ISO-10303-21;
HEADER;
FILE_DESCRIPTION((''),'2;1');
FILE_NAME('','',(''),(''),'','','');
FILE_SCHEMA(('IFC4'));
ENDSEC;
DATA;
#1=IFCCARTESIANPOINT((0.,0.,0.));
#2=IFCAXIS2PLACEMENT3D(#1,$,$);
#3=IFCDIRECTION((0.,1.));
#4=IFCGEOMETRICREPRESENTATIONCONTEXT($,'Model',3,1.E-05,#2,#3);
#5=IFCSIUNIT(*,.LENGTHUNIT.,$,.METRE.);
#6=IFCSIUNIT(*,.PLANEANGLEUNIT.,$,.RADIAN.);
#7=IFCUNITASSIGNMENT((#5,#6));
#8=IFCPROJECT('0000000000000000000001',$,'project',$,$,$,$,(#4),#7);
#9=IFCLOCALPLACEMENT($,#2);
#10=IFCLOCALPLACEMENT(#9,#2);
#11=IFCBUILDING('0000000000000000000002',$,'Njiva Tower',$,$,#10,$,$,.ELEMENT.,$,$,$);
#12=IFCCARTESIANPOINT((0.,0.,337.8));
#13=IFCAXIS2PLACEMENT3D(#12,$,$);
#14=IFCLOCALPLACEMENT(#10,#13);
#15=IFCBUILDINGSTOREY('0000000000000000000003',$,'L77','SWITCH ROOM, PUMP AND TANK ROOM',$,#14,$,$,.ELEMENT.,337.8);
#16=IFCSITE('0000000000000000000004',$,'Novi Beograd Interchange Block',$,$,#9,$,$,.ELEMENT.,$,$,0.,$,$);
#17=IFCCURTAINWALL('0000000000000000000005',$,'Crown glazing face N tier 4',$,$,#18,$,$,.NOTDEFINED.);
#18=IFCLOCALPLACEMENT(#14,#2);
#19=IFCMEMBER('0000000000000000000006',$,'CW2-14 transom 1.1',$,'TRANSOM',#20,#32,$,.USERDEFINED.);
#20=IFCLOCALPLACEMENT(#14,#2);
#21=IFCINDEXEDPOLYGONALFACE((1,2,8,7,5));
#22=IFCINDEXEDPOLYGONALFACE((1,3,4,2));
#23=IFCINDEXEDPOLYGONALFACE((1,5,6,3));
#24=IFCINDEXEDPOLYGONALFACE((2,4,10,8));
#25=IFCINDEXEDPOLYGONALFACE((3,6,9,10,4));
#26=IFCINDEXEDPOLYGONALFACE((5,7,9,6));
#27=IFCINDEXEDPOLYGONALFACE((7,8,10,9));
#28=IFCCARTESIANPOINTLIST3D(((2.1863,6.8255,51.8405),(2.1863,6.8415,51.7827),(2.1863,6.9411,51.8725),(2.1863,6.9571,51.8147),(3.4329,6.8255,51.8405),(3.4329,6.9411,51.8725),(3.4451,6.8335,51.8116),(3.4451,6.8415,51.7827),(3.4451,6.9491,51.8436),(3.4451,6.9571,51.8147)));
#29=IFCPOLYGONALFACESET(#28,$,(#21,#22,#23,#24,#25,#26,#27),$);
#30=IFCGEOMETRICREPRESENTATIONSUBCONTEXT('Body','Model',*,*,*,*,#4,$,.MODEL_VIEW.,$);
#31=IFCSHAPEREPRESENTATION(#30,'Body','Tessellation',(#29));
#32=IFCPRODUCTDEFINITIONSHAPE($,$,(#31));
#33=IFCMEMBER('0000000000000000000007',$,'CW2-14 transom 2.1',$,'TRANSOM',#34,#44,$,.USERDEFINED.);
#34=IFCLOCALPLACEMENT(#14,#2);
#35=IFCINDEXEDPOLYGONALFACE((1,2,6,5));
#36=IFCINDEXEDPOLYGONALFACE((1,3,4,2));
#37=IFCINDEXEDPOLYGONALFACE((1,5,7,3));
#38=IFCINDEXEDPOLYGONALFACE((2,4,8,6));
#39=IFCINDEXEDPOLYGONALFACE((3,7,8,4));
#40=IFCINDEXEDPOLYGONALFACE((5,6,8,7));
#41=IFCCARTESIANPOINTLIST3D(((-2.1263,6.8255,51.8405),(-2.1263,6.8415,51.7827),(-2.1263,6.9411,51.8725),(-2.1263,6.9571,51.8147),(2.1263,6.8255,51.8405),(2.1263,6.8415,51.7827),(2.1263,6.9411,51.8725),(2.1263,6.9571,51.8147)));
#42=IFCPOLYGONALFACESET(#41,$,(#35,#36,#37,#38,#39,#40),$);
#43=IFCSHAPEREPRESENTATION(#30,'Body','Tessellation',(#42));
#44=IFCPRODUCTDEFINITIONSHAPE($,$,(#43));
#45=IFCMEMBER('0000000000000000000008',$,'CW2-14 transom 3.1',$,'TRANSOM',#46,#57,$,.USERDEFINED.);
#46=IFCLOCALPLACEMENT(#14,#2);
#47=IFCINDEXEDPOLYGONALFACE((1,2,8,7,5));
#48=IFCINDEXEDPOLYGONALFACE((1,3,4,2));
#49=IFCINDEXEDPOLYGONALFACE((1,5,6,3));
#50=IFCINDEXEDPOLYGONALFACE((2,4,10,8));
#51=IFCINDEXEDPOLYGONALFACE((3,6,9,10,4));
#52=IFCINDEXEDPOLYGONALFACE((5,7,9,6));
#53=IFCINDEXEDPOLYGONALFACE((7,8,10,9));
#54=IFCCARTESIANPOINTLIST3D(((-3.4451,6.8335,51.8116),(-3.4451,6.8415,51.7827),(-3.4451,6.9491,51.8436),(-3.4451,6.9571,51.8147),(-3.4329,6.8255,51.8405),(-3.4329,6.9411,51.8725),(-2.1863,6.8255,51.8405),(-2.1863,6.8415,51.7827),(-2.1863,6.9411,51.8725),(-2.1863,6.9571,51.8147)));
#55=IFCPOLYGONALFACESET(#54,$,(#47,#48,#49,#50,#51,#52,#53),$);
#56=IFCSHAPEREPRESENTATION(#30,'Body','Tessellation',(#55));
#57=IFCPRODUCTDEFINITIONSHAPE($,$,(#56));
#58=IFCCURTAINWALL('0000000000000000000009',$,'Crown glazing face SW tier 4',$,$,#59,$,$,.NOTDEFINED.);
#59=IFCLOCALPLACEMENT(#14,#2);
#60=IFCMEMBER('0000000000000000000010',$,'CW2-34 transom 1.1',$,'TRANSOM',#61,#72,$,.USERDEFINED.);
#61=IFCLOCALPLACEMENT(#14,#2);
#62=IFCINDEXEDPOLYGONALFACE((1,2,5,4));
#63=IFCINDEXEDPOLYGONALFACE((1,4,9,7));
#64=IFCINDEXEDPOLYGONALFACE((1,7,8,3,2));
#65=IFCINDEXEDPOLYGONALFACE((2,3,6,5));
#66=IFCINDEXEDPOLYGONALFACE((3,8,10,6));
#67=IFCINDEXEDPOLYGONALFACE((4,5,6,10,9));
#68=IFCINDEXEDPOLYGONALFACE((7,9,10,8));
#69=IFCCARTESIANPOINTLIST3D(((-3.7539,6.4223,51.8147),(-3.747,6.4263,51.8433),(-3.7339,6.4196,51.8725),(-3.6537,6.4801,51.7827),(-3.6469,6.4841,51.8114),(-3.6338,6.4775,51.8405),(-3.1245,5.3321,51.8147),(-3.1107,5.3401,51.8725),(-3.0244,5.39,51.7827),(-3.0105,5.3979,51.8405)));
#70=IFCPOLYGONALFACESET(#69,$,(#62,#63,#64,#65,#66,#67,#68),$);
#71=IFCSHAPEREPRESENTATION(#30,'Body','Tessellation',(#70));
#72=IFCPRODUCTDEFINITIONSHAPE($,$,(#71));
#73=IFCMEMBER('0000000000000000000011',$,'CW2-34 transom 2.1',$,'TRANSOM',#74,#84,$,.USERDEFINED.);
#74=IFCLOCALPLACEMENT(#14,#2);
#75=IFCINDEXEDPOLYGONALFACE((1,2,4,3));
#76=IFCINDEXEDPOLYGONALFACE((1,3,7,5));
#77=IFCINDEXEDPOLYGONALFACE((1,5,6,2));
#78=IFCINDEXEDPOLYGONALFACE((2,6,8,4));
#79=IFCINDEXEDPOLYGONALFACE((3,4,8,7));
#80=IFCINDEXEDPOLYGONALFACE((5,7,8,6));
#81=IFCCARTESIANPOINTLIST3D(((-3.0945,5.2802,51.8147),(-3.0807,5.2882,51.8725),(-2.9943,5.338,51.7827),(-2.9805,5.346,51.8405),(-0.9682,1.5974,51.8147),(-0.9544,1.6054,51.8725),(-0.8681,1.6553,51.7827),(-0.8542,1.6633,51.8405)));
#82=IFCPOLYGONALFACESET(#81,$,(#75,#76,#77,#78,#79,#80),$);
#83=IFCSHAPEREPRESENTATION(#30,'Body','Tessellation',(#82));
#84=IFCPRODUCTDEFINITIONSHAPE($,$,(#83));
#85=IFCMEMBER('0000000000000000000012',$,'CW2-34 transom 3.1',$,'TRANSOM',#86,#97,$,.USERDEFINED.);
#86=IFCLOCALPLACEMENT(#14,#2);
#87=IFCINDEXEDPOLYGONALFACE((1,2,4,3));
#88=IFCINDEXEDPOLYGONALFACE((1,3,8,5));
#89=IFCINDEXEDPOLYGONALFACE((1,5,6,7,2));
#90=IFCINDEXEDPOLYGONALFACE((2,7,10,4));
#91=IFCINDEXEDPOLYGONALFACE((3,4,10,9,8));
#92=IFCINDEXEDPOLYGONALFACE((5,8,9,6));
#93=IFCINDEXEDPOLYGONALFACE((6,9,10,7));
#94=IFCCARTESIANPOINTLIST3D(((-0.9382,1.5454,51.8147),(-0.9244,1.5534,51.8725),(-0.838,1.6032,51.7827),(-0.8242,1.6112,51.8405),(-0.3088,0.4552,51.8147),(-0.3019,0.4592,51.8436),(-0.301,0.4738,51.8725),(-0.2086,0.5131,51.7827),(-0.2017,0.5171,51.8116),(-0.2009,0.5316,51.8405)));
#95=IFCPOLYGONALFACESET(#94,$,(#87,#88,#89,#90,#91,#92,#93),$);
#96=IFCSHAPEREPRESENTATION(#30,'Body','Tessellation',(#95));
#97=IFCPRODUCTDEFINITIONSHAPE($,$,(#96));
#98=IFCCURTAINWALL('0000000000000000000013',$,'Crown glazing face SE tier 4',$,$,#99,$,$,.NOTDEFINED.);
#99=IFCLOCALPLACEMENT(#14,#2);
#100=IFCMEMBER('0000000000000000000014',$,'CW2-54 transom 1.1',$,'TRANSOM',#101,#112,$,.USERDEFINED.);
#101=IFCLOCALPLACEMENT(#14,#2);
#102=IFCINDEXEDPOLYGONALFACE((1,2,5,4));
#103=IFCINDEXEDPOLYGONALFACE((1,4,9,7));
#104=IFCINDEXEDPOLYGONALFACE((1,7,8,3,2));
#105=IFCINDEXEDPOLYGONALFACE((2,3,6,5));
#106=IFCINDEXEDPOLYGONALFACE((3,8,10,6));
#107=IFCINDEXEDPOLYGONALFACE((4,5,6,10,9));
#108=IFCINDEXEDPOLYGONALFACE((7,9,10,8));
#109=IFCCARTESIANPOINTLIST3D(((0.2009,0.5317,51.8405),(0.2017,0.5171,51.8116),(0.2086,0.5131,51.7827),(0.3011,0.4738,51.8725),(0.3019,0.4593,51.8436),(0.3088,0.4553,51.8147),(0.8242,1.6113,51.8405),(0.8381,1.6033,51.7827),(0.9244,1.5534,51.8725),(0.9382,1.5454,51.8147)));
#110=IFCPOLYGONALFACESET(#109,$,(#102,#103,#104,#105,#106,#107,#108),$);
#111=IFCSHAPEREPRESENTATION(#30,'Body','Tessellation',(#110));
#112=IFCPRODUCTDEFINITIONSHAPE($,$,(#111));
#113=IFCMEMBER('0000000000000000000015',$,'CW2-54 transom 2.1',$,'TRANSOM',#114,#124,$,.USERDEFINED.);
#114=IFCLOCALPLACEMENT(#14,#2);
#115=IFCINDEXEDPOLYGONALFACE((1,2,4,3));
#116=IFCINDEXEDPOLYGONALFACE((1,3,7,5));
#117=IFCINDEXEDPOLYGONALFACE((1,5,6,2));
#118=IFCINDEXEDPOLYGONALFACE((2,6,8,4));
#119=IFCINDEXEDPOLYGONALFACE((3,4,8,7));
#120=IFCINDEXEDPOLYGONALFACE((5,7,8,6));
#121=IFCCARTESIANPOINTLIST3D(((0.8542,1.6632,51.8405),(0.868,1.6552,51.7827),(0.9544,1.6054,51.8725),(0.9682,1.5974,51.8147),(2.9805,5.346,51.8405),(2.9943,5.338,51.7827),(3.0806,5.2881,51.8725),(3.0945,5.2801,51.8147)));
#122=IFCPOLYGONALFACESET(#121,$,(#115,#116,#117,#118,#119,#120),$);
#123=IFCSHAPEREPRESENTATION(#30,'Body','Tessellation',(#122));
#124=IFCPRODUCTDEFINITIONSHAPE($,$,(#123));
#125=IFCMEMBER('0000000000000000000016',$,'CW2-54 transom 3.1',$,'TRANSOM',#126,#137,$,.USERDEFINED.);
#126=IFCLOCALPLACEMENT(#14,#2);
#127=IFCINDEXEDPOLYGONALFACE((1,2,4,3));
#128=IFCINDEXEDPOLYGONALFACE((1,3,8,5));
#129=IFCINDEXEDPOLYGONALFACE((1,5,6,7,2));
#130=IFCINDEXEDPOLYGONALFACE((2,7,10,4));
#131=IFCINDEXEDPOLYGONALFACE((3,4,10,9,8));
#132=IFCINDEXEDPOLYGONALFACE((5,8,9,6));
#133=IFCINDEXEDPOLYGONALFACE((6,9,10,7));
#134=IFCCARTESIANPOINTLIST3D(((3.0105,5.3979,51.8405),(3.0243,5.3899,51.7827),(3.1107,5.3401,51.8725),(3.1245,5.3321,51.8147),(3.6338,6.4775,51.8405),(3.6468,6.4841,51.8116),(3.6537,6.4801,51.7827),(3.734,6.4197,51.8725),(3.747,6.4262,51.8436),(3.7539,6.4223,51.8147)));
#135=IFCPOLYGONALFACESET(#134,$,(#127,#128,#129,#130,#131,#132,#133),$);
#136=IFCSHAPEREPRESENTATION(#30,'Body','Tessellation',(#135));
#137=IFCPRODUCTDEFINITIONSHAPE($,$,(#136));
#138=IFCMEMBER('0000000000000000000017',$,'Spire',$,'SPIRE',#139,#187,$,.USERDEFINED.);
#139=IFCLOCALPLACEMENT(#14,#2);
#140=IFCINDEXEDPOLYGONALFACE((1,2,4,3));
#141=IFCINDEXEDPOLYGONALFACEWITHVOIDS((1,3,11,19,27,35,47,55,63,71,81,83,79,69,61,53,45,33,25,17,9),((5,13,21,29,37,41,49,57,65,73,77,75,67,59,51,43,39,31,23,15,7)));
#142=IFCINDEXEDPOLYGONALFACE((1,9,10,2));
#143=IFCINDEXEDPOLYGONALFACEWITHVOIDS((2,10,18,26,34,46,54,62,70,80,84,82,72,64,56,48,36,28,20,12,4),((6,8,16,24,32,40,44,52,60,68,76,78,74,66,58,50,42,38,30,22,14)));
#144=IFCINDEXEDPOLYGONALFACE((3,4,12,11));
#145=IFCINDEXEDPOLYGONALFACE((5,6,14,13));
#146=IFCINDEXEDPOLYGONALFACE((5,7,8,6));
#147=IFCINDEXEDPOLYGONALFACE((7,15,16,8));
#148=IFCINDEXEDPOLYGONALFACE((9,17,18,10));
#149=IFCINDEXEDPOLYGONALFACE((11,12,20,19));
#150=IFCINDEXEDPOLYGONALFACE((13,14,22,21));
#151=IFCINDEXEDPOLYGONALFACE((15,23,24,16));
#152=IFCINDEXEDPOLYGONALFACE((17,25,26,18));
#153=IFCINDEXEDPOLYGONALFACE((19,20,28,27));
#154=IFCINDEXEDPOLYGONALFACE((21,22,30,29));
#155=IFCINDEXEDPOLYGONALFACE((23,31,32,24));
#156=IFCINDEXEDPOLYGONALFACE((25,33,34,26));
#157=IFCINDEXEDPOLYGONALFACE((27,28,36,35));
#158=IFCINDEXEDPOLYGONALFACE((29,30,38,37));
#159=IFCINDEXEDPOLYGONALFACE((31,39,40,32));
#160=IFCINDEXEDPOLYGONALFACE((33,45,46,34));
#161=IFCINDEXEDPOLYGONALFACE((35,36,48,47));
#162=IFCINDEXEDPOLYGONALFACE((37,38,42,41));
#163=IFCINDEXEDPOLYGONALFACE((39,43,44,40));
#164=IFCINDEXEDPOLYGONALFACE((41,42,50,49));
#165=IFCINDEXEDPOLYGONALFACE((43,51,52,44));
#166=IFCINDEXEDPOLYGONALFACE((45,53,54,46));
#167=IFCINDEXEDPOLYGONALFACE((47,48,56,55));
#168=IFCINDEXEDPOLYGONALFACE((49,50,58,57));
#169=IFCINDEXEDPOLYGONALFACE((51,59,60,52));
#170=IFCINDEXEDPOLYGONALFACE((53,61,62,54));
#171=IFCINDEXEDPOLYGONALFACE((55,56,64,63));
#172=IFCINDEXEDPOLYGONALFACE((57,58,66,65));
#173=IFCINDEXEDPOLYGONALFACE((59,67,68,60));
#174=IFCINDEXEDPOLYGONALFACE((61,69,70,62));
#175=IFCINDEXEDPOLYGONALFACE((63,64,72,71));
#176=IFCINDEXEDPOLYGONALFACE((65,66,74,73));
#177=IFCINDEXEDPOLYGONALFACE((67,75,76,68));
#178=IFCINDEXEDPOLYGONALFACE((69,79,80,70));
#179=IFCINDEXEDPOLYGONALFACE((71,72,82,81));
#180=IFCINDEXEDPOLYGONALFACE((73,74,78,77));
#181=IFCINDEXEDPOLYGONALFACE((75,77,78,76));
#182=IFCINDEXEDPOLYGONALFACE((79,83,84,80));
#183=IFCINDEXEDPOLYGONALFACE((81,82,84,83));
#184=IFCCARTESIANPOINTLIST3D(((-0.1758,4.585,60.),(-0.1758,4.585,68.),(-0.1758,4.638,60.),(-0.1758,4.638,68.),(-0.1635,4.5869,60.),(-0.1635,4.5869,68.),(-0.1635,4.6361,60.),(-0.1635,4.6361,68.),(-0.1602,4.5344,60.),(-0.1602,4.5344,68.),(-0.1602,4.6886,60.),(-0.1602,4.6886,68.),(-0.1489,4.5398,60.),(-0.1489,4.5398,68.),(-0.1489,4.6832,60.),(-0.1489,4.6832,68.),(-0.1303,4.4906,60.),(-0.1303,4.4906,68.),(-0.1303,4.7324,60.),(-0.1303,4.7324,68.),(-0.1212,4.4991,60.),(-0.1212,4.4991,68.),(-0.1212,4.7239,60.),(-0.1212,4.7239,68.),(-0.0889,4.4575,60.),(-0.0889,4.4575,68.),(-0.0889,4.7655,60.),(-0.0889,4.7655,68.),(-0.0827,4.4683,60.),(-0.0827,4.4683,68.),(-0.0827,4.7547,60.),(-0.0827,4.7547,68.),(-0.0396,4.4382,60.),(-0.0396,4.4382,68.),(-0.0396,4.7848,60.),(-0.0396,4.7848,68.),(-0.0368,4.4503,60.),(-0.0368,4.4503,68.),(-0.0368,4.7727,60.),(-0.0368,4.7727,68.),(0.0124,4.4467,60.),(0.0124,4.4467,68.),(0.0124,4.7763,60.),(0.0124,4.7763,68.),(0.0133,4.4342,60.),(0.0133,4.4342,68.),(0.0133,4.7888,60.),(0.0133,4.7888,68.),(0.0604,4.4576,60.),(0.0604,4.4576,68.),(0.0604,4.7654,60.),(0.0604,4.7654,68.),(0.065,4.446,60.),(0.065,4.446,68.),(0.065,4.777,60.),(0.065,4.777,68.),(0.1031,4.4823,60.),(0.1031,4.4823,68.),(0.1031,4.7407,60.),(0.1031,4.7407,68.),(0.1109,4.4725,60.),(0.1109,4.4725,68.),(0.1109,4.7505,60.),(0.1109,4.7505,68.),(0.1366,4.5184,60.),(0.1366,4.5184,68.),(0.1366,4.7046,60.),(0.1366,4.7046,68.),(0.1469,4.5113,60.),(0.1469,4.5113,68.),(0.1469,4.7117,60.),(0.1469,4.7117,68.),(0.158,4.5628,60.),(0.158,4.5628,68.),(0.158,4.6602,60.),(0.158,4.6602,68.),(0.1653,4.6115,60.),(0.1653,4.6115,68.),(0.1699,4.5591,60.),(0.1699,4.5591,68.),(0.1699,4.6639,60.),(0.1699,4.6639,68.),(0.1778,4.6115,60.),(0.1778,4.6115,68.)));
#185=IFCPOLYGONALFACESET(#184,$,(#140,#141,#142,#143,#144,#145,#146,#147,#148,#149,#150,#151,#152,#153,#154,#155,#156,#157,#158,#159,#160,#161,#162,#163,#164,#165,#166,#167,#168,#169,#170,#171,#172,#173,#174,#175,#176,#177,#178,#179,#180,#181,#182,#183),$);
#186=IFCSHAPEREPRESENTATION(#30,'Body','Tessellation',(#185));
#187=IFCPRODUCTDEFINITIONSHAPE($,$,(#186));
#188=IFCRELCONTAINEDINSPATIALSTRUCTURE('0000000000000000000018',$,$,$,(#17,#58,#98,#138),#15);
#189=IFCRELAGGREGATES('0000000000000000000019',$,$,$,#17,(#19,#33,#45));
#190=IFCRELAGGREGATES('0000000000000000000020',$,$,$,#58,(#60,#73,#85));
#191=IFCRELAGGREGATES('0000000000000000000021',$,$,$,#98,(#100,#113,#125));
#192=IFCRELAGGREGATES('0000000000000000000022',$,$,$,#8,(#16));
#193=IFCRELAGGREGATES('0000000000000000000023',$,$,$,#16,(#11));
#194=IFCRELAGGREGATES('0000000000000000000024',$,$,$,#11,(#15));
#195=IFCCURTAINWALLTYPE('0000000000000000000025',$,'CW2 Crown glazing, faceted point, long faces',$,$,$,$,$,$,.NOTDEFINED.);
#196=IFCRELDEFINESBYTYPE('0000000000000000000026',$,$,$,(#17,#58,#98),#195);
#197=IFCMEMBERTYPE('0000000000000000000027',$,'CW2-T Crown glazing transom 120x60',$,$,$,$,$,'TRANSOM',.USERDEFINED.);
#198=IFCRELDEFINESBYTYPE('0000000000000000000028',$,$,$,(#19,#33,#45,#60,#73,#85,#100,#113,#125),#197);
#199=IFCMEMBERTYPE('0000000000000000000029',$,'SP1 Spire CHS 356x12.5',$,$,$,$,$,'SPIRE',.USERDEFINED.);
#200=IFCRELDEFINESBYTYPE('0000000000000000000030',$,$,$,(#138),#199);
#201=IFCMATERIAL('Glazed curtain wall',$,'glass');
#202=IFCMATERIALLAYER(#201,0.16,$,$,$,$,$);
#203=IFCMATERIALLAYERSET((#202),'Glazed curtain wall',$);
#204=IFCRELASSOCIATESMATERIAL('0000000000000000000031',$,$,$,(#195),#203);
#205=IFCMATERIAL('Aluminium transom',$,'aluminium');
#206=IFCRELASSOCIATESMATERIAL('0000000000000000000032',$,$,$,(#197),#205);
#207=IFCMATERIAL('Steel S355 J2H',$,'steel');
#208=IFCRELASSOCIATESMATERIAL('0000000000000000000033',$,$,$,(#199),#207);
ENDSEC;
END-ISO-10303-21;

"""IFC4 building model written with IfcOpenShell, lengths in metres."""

from ifc_helpers import new_model, si_unit, direction, frame, origin, origin_2d, place, context, subcontext, project, spatial, rectangle, hollow_circle, extrude, clip, halfspace, material, layer, layer_set, material_profile, profile_set, type_object, element, aggregate, save


model = new_model("IFC4")

# Units and contexts
model_context = context("Model", 3, precision=1e-05, world=origin(), true_north=direction((0.0, 1.0)))
body_context = subcontext(model_context, "Body", "Model", "MODEL_VIEW")
ifc_project = project(units=[si_unit("LENGTHUNIT", "METRE"), si_unit("PLANEANGLEUNIT", "RADIAN")], contexts=[model_context])

# Site, building, storey
site_placement = place(None, origin())
site = spatial("IfcSite", under=ifc_project, at=site_placement, Name="Novi Beograd Interchange Block", CompositionType="ELEMENT", RefElevation=0.0)
building_placement = place(site_placement, origin())
building = spatial("IfcBuilding", under=site, at=building_placement, Name="Njiva Tower", CompositionType="ELEMENT")
storey_placement = place(building_placement, frame((0.0, 0.0, 337.8)))
storey = spatial("IfcBuildingStorey", under=building, at=storey_placement, Name="L77", Description="SWITCH ROOM, PUMP AND TANK ROOM", CompositionType="ELEMENT", Elevation=337.8)

# Curtain walls, members
ifc_material_1 = material(Name="Glazed curtain wall", Category="glass")
ifc_layer_1 = layer(ifc_material_1, 0.16)
ifc_layer_set_1 = layer_set([ifc_layer_1], Name="Glazed curtain wall")
curtain_wall_type_1 = type_object("IfcCurtainWallType", Name="CW2 Crown glazing, faceted point, long faces", PredefinedType="NOTDEFINED", material=ifc_layer_set_1)
curtain_wall_1_placement = place(storey_placement, origin())
curtain_wall_1 = element("IfcCurtainWall", 1, at=curtain_wall_1_placement, inside=storey, type_object=curtain_wall_type_1, Name="Crown glazing face N tier 4", PredefinedType="NOTDEFINED")
ifc_material_2 = material(Name="Aluminium transom", Category="aluminium")
ifc_material_profile_1 = material_profile(ifc_material_2, rectangle(XDim=0.12, YDim=0.06, at=origin_2d()), Name="RECT 120x60")
ifc_profile_set_1 = profile_set([ifc_material_profile_1], Name="Aluminium transom")
member_type_1 = type_object("IfcMemberType", Name="CW2-T Crown glazing transom 120x60", ElementType="TRANSOM", PredefinedType="USERDEFINED", material=ifc_profile_set_1)
member_1_placement = place(storey_placement, frame((3.4451, 6.8913, 51.8276), z_axis=(-1.0, 0.0, 0.0), x_axis=(0.0, 0.963855, 0.266428)))
member_1 = element("IfcMember", 2, at=member_1_placement, type_object=member_type_1, Name="CW2-14 transom 1.1", ObjectType="TRANSOM", PredefinedType="USERDEFINED", context=body_context, shape_type="Clipping", body=[
    clip(extrude(rectangle(XDim=0.12, YDim=0.06, at=origin_2d()), origin(), (0.0, 0.0, 1.0), 1.2588), halfspace(frame((0.06, 0.0, 0.0), z_axis=(0.0, -0.376215, -0.926532), x_axis=(0.0, -0.926532, 0.376215)), False)),
])
member_2_placement = place(storey_placement, frame((2.1263, 6.8913, 51.8276), z_axis=(-1.0, 0.0, 0.0), x_axis=(0.0, 0.963855, 0.266428)))
member_2 = element("IfcMember", 3, at=member_2_placement, type_object=member_type_1, Name="CW2-14 transom 2.1", ObjectType="TRANSOM", PredefinedType="USERDEFINED", context=body_context, shape_type="SweptSolid", body=[
    extrude(rectangle(XDim=0.12, YDim=0.06, at=origin_2d()), origin(), (0.0, 0.0, 1.0), 4.2526),
])
member_3_placement = place(storey_placement, frame((-2.1863, 6.8913, 51.8276), z_axis=(-1.0, 0.0, 0.0), x_axis=(0.0, 0.963855, 0.266428)))
member_3 = element("IfcMember", 4, at=member_3_placement, type_object=member_type_1, Name="CW2-14 transom 3.1", ObjectType="TRANSOM", PredefinedType="USERDEFINED", context=body_context, shape_type="Clipping", body=[
    clip(extrude(rectangle(XDim=0.12, YDim=0.06, at=origin_2d()), origin(), (0.0, 0.0, 1.0), 1.2588), halfspace(frame((0.06, 0.0, 1.2588), z_axis=(0.0, -0.376215, 0.926532), x_axis=(0.0, 0.926532, 0.376215)), False)),
])
curtain_wall_2_placement = place(storey_placement, origin())
curtain_wall_2 = element("IfcCurtainWall", 5, at=curtain_wall_2_placement, inside=storey, type_object=curtain_wall_type_1, Name="Crown glazing face SW tier 4", PredefinedType="NOTDEFINED")
member_4_placement = place(storey_placement, frame((-3.6969, 6.4552, 51.8276), z_axis=(0.499984, -0.866035, 0.0), x_axis=(-0.834732, -0.481912, 0.266428)))
member_4 = element("IfcMember", 6, at=member_4_placement, type_object=member_type_1, Name="CW2-34 transom 1.1", ObjectType="TRANSOM", PredefinedType="USERDEFINED", context=body_context, shape_type="Clipping", body=[
    clip(extrude(rectangle(XDim=0.12, YDim=0.06, at=origin_2d()), origin(), (0.0, 0.0, 1.0), 1.2588), halfspace(frame((0.06, 0.0, 0.0001), z_axis=(0.000017, -0.37621, -0.926534), x_axis=(0.0, -0.926534, 0.37621)), False)),
])
member_5_placement = place(storey_placement, frame((-3.0375, 5.3131, 51.8276), z_axis=(0.500006, -0.866022, 0.0), x_axis=(-0.834719, -0.481933, 0.266428)))
member_5 = element("IfcMember", 7, at=member_5_placement, type_object=member_type_1, Name="CW2-34 transom 2.1", ObjectType="TRANSOM", PredefinedType="USERDEFINED", context=body_context, shape_type="SweptSolid", body=[
    extrude(rectangle(XDim=0.12, YDim=0.06, at=origin_2d()), origin(), (0.0, 0.0, 1.0), 4.2525),
])
member_6_placement = place(storey_placement, frame((-0.8812, 1.5783, 51.8276), z_axis=(0.500018, -0.866015, 0.0), x_axis=(-0.834713, -0.481945, 0.266428)))
member_6 = element("IfcMember", 8, at=member_6_placement, type_object=member_type_1, Name="CW2-34 transom 3.1", ObjectType="TRANSOM", PredefinedType="USERDEFINED", context=body_context, shape_type="Clipping", body=[
    clip(extrude(rectangle(XDim=0.12, YDim=0.06, at=origin_2d()), origin(), (0.0, 0.0, 1.0), 1.2588), halfspace(frame((0.06, 0.0, 1.2588), z_axis=(0.000019, -0.37621, 0.926535), x_axis=(0.0, 0.926535, 0.37621)), False)),
])
curtain_wall_3_placement = place(storey_placement, origin())
curtain_wall_3 = element("IfcCurtainWall", 9, at=curtain_wall_3_placement, inside=storey, type_object=curtain_wall_type_1, Name="Crown glazing face SE tier 4", PredefinedType="NOTDEFINED")
member_7_placement = place(storey_placement, frame((0.2518, 0.4882, 51.8276), z_axis=(0.500018, 0.866015, 0.0), x_axis=(0.834713, -0.481945, 0.266428)))
member_7 = element("IfcMember", 10, at=member_7_placement, type_object=member_type_1, Name="CW2-54 transom 1.1", ObjectType="TRANSOM", PredefinedType="USERDEFINED", context=body_context, shape_type="Clipping", body=[
    clip(extrude(rectangle(XDim=0.12, YDim=0.06, at=origin_2d()), origin(), (0.0, 0.0, 1.0), 1.2588), halfspace(frame((0.06, 0.0, 0.0), z_axis=(0.000019, -0.37621, -0.926535), x_axis=(0.0, -0.926535, 0.37621)), False)),
])
member_8_placement = place(storey_placement, frame((0.9112, 1.6303, 51.8276), z_axis=(0.500006, 0.866022, 0.0), x_axis=(0.834719, -0.481933, 0.266428)))
member_8 = element("IfcMember", 11, at=member_8_placement, type_object=member_type_1, Name="CW2-54 transom 2.1", ObjectType="TRANSOM", PredefinedType="USERDEFINED", context=body_context, shape_type="SweptSolid", body=[
    extrude(rectangle(XDim=0.12, YDim=0.06, at=origin_2d()), origin(), (0.0, 0.0, 1.0), 4.2525),
])
member_9_placement = place(storey_placement, frame((3.0675, 5.365, 51.8276), z_axis=(0.499984, 0.866035, 0.0), x_axis=(0.834732, -0.481912, 0.266428)))
member_9 = element("IfcMember", 12, at=member_9_placement, type_object=member_type_1, Name="CW2-54 transom 3.1", ObjectType="TRANSOM", PredefinedType="USERDEFINED", context=body_context, shape_type="Clipping", body=[
    clip(extrude(rectangle(XDim=0.12, YDim=0.06, at=origin_2d()), origin(), (0.0, 0.0, 1.0), 1.2588), halfspace(frame((0.06, 0.0, 1.2588), z_axis=(0.000017, -0.37621, 0.926534), x_axis=(0.0, 0.926534, 0.37621)), False)),
])

# Member
ifc_material_3 = material(Name="Steel S355 J2H", Category="steel")
ifc_material_profile_2 = material_profile(ifc_material_3, hollow_circle(Radius=0.1778, WallThickness=0.0125, at=origin_2d()), Name="CHS 355.6x12.5")
ifc_profile_set_2 = profile_set([ifc_material_profile_2], Name="Steel S355 J2H")
member_type_2 = type_object("IfcMemberType", Name="SP1 Spire CHS 356x12.5", ElementType="SPIRE", PredefinedType="USERDEFINED", material=ifc_profile_set_2)
member_10_placement = place(storey_placement, frame((0.0, 4.6115, 60.0), z_axis=(0.0, 0.0, 1.0), x_axis=(1.0, 0.0, 0.0)))
element("IfcMember", 13, at=member_10_placement, inside=storey, type_object=member_type_2, Name="Spire", ObjectType="SPIRE", PredefinedType="USERDEFINED", context=body_context, shape_type="SweptSolid", body=[
    extrude(hollow_circle(Radius=0.1778, WallThickness=0.0125, at=origin_2d()), origin(), (0.0, 0.0, 1.0), 8.0),
])

aggregate(curtain_wall_1, [member_1, member_2, member_3])
aggregate(curtain_wall_2, [member_4, member_5, member_6])
aggregate(curtain_wall_3, [member_7, member_8, member_9])

save(model, "model.ifc")
